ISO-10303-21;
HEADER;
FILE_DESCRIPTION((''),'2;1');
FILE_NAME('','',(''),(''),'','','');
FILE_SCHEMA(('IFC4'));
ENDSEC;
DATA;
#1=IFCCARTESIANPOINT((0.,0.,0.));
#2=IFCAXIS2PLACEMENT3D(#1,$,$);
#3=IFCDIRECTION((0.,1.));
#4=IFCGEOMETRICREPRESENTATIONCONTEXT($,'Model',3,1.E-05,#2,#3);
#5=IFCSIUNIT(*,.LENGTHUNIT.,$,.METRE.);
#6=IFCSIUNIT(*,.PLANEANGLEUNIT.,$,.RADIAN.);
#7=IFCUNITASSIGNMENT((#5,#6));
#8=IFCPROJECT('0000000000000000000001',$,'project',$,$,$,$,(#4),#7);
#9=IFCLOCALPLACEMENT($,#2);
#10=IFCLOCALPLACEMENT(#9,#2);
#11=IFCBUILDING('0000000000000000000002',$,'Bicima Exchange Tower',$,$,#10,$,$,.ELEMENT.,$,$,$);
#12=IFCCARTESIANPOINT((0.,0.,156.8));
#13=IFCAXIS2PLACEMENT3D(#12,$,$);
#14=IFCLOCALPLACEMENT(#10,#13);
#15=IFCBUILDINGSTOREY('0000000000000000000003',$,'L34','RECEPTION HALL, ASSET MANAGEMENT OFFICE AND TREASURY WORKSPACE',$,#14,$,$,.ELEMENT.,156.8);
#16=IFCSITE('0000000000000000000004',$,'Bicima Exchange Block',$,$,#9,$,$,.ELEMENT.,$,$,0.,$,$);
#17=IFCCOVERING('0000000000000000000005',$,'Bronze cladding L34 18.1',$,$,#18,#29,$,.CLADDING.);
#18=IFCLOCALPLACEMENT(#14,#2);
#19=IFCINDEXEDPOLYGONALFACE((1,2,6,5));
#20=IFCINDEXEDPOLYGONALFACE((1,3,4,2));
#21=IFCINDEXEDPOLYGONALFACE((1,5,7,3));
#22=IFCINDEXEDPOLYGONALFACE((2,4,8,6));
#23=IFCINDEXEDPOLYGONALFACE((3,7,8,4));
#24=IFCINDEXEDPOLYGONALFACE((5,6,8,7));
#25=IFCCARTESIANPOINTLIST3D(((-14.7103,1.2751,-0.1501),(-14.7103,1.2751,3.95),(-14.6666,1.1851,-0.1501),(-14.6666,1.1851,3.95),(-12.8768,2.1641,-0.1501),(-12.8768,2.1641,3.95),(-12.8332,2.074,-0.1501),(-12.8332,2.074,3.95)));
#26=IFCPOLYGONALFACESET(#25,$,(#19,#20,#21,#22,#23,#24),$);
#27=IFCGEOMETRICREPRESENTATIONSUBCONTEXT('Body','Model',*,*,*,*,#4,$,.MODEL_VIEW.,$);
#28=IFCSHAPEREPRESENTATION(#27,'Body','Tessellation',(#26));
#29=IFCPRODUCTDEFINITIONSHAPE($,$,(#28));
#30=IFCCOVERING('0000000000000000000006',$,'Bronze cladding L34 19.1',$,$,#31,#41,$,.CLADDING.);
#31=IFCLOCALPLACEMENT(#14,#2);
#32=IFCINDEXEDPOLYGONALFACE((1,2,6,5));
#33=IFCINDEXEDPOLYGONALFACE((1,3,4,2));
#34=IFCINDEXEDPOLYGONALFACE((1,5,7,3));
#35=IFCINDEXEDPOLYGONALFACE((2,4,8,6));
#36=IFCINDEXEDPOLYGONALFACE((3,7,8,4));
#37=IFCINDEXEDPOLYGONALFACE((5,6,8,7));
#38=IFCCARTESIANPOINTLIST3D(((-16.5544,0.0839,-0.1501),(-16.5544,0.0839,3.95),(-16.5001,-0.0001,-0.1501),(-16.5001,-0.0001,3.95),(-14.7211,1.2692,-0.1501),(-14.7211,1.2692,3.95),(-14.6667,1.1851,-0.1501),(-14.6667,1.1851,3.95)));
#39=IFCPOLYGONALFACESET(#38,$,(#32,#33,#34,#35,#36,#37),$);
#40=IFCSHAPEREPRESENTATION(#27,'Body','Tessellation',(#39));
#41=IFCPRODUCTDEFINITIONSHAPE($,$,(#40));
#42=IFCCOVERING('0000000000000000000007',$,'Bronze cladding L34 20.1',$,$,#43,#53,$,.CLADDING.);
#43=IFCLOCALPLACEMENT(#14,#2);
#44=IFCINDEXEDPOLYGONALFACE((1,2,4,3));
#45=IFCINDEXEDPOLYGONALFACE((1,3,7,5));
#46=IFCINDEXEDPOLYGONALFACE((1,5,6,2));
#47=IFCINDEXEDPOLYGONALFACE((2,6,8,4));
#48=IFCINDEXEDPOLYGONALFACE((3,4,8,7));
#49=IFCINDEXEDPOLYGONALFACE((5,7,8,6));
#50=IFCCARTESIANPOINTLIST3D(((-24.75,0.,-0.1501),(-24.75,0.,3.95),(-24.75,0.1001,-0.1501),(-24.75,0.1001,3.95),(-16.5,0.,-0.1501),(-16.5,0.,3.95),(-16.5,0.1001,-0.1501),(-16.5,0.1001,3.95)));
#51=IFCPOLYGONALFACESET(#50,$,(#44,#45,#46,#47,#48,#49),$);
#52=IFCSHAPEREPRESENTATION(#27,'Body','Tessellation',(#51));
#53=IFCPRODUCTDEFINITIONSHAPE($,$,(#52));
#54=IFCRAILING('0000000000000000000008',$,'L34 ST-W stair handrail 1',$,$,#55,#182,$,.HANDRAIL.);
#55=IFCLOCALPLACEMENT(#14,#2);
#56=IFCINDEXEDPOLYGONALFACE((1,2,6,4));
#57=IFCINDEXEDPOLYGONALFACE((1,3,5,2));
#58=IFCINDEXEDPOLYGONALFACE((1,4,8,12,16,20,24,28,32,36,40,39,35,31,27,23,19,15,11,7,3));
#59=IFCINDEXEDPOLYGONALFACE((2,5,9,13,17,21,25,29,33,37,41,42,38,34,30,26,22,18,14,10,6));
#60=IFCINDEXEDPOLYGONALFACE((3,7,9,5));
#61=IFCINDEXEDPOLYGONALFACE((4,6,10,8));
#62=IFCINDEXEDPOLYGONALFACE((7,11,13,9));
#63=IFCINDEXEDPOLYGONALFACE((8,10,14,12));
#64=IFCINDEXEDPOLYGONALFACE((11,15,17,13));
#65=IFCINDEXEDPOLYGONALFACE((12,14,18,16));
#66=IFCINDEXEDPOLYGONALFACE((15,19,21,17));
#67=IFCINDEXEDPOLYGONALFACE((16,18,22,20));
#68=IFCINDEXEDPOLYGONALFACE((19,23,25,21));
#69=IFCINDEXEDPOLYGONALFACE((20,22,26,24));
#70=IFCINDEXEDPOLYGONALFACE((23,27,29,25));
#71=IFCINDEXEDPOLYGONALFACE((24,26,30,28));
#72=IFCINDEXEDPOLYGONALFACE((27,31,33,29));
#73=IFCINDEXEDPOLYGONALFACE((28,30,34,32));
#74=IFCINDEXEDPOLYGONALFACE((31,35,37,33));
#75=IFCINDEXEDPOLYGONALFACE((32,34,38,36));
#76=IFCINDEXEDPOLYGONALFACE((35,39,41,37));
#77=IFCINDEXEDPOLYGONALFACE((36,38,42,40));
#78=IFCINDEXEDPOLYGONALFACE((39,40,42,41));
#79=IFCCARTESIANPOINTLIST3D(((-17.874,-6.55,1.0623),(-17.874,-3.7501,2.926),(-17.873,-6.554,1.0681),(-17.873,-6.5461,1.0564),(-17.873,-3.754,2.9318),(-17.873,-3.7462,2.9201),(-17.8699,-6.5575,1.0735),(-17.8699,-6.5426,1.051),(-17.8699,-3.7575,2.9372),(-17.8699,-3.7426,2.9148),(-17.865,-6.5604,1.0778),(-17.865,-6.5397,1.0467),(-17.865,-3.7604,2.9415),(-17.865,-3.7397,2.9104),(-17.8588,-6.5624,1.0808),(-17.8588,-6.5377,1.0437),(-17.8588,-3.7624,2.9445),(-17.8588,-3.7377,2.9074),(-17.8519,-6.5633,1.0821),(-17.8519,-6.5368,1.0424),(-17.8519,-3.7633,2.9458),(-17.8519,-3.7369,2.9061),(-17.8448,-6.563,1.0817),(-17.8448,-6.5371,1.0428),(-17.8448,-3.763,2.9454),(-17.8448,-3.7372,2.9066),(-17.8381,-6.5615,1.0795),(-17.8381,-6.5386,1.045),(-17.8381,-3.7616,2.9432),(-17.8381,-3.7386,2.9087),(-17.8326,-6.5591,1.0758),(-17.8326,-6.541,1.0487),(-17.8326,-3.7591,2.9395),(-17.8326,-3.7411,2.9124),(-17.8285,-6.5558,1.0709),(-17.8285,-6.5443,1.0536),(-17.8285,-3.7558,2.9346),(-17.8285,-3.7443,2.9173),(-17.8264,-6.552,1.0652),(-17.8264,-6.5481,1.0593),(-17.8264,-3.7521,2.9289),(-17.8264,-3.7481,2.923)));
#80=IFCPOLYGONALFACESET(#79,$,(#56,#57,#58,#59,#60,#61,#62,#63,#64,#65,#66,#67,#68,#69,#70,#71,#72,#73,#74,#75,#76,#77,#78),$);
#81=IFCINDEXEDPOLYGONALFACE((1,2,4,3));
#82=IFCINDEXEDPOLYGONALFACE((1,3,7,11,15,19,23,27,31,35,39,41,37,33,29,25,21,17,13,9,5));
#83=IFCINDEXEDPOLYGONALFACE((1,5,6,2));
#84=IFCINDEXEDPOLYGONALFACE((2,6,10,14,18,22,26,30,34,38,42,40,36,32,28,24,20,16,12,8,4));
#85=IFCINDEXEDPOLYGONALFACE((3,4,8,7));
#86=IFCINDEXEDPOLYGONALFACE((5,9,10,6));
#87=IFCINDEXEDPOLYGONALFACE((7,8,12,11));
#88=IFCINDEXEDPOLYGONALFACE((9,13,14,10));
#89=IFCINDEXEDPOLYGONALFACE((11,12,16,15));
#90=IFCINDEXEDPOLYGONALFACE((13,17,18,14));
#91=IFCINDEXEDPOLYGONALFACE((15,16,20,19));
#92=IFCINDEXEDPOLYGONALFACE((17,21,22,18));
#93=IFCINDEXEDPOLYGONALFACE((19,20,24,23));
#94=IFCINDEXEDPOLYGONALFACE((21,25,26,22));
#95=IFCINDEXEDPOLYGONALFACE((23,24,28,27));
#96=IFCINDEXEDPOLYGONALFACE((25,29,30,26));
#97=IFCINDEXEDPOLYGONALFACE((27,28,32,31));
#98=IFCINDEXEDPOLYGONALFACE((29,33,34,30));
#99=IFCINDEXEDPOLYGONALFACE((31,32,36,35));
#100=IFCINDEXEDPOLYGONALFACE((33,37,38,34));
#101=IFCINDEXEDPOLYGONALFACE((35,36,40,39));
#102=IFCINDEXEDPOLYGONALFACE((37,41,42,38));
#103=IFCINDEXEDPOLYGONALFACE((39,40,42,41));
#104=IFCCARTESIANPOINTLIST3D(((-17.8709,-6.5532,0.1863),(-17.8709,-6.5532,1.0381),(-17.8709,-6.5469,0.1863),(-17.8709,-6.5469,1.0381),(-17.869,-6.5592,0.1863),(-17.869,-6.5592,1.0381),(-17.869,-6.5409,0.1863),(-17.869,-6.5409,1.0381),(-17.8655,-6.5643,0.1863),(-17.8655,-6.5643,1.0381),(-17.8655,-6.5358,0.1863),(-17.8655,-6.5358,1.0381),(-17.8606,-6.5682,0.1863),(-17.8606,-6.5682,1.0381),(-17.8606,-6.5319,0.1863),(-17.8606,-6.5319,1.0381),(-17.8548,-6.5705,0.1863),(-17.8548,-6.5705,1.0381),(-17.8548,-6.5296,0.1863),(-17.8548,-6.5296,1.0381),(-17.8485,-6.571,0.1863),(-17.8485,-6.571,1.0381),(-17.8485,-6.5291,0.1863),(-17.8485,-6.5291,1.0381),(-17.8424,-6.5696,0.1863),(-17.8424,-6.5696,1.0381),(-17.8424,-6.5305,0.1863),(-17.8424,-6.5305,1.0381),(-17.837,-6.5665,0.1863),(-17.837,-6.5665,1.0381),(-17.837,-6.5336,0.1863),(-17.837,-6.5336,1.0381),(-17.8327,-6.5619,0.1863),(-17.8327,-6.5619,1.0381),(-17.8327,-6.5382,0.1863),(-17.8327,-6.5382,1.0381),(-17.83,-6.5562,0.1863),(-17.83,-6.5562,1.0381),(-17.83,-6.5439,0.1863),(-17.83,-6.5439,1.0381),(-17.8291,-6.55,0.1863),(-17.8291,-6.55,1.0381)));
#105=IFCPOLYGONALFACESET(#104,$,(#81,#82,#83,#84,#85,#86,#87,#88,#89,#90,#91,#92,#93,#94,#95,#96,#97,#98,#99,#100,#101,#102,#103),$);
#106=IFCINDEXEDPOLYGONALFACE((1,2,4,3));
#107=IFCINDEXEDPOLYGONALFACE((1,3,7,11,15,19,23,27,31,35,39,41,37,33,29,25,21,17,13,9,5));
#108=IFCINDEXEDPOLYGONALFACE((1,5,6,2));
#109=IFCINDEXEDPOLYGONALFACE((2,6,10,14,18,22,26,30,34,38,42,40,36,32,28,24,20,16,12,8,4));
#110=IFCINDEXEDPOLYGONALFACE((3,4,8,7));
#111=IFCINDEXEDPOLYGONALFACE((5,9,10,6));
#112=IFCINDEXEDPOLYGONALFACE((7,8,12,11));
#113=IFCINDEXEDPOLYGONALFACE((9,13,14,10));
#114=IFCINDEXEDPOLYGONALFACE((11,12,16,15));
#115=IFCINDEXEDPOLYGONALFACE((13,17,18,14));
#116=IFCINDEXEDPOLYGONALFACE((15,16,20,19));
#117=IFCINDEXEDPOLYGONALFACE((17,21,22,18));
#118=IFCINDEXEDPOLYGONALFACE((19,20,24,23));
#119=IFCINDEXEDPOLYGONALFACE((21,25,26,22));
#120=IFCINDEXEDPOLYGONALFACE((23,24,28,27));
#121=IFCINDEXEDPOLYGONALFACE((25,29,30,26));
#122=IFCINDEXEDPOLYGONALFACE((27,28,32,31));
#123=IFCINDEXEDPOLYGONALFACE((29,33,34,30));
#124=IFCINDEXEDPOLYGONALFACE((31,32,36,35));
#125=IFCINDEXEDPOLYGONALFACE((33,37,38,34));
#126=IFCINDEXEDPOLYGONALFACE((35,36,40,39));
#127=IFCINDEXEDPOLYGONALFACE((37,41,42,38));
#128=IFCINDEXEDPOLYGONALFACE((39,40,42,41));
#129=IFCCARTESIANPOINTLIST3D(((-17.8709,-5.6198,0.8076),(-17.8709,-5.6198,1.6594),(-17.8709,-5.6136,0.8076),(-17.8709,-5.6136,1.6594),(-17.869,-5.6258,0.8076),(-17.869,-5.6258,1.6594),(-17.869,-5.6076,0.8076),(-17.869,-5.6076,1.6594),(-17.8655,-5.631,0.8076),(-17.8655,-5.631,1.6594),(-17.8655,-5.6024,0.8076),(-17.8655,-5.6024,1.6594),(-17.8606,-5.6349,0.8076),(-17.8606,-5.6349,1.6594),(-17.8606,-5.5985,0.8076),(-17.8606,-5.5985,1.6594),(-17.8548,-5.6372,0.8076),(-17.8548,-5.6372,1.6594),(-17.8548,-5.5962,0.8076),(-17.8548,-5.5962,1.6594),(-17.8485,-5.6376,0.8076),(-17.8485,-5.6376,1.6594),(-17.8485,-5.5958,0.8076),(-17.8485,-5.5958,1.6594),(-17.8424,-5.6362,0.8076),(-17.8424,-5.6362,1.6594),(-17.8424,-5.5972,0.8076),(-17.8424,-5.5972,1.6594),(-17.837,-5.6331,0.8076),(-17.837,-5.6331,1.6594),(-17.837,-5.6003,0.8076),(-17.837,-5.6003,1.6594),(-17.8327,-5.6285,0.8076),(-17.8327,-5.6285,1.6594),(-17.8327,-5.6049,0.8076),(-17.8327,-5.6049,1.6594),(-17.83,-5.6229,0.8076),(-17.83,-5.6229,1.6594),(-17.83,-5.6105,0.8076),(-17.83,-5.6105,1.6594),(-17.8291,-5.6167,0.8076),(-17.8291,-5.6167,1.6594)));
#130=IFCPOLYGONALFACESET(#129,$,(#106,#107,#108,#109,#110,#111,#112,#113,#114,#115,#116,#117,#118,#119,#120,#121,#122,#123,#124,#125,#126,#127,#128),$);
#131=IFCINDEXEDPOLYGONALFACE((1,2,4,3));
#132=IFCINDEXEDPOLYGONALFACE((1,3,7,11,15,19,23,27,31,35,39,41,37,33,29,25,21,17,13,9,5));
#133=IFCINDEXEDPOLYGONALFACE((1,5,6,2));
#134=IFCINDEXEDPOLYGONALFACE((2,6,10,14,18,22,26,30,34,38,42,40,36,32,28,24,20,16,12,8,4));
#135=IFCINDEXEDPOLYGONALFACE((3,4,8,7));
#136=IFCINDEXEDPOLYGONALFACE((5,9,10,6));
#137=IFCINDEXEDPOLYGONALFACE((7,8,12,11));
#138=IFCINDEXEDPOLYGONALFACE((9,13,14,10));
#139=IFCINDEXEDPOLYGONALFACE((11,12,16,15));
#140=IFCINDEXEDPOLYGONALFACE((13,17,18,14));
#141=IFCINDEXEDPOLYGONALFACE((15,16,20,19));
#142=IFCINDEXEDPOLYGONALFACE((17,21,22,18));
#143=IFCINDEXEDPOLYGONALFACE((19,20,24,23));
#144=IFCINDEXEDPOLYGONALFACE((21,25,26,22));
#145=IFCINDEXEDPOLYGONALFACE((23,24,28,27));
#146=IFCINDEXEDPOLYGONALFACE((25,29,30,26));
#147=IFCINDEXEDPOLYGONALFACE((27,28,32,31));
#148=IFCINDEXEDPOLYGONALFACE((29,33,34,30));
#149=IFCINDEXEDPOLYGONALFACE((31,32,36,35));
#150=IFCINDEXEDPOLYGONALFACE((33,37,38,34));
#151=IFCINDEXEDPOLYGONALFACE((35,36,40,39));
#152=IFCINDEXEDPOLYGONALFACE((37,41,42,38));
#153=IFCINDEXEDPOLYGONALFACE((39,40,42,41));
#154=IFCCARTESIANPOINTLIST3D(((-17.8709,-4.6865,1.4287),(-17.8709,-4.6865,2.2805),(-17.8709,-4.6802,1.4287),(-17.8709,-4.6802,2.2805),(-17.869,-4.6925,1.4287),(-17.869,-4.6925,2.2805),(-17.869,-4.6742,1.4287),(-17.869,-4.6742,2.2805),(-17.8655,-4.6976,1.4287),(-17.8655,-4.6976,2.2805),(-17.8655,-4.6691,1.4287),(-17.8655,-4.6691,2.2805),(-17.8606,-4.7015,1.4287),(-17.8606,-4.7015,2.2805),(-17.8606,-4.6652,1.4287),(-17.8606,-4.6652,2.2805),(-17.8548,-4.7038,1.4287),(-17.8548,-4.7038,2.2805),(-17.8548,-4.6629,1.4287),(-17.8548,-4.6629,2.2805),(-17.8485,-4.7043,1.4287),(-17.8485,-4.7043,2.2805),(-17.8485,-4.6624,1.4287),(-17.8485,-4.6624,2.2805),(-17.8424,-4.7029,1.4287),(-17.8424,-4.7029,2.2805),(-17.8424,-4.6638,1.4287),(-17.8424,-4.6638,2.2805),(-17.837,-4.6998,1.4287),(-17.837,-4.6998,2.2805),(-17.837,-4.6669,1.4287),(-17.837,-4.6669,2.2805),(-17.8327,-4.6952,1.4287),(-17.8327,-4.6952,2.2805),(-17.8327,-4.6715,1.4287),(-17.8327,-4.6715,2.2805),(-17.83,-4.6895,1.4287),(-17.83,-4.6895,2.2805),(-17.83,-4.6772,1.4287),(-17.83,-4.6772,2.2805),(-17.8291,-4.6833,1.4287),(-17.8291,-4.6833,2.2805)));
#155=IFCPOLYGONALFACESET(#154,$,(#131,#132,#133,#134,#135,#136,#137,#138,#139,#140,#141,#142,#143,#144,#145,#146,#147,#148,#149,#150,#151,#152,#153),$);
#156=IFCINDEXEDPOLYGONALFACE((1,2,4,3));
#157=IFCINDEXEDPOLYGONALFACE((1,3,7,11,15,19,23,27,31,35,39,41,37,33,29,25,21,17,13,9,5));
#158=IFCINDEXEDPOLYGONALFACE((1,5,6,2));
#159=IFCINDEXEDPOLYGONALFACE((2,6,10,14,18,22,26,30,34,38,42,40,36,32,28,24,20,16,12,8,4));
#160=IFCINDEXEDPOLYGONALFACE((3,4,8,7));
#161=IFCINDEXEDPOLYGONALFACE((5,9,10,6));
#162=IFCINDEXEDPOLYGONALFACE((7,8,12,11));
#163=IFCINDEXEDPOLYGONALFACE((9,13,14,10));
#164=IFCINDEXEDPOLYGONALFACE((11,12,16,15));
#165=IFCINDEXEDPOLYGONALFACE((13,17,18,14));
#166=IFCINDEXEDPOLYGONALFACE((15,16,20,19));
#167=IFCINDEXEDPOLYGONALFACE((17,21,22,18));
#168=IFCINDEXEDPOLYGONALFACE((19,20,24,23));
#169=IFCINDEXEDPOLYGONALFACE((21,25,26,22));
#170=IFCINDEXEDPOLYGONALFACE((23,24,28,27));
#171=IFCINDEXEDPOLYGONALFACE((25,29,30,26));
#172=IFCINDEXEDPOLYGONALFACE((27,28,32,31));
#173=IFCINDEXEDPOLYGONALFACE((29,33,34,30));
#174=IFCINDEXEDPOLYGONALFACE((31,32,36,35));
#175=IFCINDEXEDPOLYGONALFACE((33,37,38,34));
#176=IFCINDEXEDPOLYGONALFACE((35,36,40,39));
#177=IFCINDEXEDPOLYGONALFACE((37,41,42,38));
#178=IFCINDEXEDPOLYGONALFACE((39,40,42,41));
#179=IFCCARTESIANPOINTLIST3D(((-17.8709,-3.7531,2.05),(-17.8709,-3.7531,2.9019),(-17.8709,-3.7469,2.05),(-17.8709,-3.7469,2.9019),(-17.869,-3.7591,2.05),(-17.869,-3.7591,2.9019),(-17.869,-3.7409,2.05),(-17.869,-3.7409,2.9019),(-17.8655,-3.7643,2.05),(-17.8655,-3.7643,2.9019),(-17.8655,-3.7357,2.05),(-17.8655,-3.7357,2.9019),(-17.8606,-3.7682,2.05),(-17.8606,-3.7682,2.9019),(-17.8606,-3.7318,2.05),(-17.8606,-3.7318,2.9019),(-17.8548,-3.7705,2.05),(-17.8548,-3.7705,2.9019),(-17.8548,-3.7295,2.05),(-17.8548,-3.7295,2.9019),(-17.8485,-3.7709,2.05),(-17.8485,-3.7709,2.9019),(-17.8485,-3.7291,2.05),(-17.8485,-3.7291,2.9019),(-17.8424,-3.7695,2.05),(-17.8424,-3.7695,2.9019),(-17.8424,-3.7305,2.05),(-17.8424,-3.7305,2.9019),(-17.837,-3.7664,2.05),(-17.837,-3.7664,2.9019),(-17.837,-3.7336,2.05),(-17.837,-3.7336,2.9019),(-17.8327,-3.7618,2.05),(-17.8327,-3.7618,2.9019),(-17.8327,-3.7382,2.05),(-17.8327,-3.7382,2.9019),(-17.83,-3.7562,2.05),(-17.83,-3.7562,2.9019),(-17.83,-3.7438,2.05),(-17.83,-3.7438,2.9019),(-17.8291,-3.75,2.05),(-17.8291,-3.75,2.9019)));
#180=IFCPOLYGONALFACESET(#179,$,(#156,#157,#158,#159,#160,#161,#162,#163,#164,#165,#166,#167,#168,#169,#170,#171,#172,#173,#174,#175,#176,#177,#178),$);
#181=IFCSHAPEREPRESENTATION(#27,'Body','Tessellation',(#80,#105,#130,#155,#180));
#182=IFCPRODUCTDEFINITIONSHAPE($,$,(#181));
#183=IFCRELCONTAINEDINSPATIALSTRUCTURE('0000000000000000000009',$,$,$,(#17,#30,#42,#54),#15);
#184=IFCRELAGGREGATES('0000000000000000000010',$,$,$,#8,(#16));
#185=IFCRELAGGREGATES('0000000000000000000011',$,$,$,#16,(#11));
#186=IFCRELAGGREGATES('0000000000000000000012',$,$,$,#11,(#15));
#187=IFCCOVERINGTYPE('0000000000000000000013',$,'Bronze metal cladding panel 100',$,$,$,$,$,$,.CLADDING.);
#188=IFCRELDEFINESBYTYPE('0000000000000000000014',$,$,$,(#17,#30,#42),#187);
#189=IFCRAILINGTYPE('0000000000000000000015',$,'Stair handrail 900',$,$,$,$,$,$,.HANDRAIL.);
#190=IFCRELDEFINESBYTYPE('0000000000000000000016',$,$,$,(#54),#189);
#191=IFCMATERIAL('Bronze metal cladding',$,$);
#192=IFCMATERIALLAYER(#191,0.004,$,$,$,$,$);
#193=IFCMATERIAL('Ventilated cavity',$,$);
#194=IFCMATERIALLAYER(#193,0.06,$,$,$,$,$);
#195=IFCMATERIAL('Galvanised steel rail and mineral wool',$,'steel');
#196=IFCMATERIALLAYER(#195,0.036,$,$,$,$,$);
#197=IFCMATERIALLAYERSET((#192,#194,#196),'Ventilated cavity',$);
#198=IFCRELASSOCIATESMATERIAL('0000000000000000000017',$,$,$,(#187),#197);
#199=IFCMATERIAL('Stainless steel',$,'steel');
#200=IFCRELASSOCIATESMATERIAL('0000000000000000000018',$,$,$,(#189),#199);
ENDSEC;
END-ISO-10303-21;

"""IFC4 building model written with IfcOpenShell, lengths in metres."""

from ifc_helpers import new_model, si_unit, direction, frame, origin, origin_2d, place, context, subcontext, project, spatial, rectangle, circle, extrude, material, layer, layer_set, type_object, element, save


model = new_model("IFC4")

# Units and contexts
model_context = context("Model", 3, precision=1e-05, world=origin(), true_north=direction((0.0, 1.0)))
body_context = subcontext(model_context, "Body", "Model", "MODEL_VIEW")
ifc_project = project(units=[si_unit("LENGTHUNIT", "METRE"), si_unit("PLANEANGLEUNIT", "RADIAN")], contexts=[model_context])

# Site, building, storey
site_placement = place(None, origin())
site = spatial("IfcSite", under=ifc_project, at=site_placement, Name="Bicima Exchange Block", CompositionType="ELEMENT", RefElevation=0.0)
building_placement = place(site_placement, origin())
building = spatial("IfcBuilding", under=site, at=building_placement, Name="Bicima Exchange Tower", CompositionType="ELEMENT")
storey_placement = place(building_placement, frame((0.0, 0.0, 156.8)))
storey = spatial("IfcBuildingStorey", under=building, at=storey_placement, Name="L34", Description="RECEPTION HALL, ASSET MANAGEMENT OFFICE AND TREASURY WORKSPACE", CompositionType="ELEMENT", Elevation=156.8)

# Shared definitions
ifc_material_1 = material(Name="Stainless steel", Category="steel")

# Coverings
ifc_material_2 = material(Name="Bronze metal cladding")
ifc_layer_1 = layer(ifc_material_2, 0.004)
ifc_material_3 = material(Name="Ventilated cavity")
ifc_layer_2 = layer(ifc_material_3, 0.06)
ifc_material_4 = material(Name="Galvanised steel rail and mineral wool", Category="steel")
ifc_layer_3 = layer(ifc_material_4, 0.036)
ifc_layer_set_1 = layer_set([ifc_layer_1, ifc_layer_2, ifc_layer_3], Name="Ventilated cavity")
covering_type = type_object("IfcCoveringType", Name="Bronze metal cladding panel 100", PredefinedType="CLADDING", material=ifc_layer_set_1)
covering_1_placement = place(storey_placement, frame((-13.7717, 1.6746, -0.1501), z_axis=(0.0, 0.0, 1.0), x_axis=(-0.899818, -0.436265, 0.0)))
element("IfcCovering", 1, at=covering_1_placement, inside=storey, type_object=covering_type, Name="Bronze cladding L34 18.1", PredefinedType="CLADDING", context=body_context, shape_type="SweptSolid", body=[
    extrude(rectangle(XDim=2.0376, YDim=0.1001, at=origin_2d()), origin(), (0.0, 0.0, 1.0), 4.1001),
])
covering_2_placement = place(storey_placement, frame((-15.6106, 0.6345, -0.1501), z_axis=(0.0, 0.0, 1.0), x_axis=(-0.83979, -0.542911, 0.0)))
element("IfcCovering", 2, at=covering_2_placement, inside=storey, type_object=covering_type, Name="Bronze cladding L34 19.1", PredefinedType="CLADDING", context=body_context, shape_type="SweptSolid", body=[
    extrude(rectangle(XDim=2.1831, YDim=0.1001, at=origin_2d()), origin(), (0.0, 0.0, 1.0), 4.1001),
])
covering_3_placement = place(storey_placement, frame((-20.625, 0.05, -0.1501), z_axis=(0.0, 0.0, 1.0), x_axis=(-1.0, 0.0, 0.0)))
element("IfcCovering", 3, at=covering_3_placement, inside=storey, type_object=covering_type, Name="Bronze cladding L34 20.1", PredefinedType="CLADDING", context=body_context, shape_type="SweptSolid", body=[
    extrude(rectangle(XDim=8.25, YDim=0.1001, at=origin_2d()), origin(), (0.0, 0.0, 1.0), 4.1001),
])

# Railing
railing_type_1 = type_object("IfcRailingType", Name="Stair handrail 900", PredefinedType="HANDRAIL", material=ifc_material_1)
railing_1_placement = place(storey_placement, frame((-17.8501, -6.55, 0.1863)))
element("IfcRailing", 4, at=railing_1_placement, inside=storey, type_object=railing_type_1, Name="L34 ST-W stair handrail 1", PredefinedType="HANDRAIL", context=body_context, shape_type="SweptSolid", body=[
    extrude(circle(Radius=0.0239, at=origin_2d()), frame((0.0, 0.0, 0.876), z_axis=(0.0, 0.832452, 0.554097), x_axis=(-1.0, 0.0, 0.0)), (0.0, 0.0, 1.0), 3.3635),
    extrude(circle(Radius=0.021, at=origin_2d()), origin(), (0.0, 0.0, 1.0), 0.8518),
    extrude(circle(Radius=0.021, at=origin_2d()), frame((0.0, 0.9333, 0.6213)), (0.0, 0.0, 1.0), 0.8518),
    extrude(circle(Radius=0.021, at=origin_2d()), frame((0.0, 1.8667, 1.2424)), (0.0, 0.0, 1.0), 0.8518),
    extrude(circle(Radius=0.021, at=origin_2d()), frame((0.0, 2.8, 1.8638)), (0.0, 0.0, 1.0), 0.8518),
])

save(model, "model.ifc")
